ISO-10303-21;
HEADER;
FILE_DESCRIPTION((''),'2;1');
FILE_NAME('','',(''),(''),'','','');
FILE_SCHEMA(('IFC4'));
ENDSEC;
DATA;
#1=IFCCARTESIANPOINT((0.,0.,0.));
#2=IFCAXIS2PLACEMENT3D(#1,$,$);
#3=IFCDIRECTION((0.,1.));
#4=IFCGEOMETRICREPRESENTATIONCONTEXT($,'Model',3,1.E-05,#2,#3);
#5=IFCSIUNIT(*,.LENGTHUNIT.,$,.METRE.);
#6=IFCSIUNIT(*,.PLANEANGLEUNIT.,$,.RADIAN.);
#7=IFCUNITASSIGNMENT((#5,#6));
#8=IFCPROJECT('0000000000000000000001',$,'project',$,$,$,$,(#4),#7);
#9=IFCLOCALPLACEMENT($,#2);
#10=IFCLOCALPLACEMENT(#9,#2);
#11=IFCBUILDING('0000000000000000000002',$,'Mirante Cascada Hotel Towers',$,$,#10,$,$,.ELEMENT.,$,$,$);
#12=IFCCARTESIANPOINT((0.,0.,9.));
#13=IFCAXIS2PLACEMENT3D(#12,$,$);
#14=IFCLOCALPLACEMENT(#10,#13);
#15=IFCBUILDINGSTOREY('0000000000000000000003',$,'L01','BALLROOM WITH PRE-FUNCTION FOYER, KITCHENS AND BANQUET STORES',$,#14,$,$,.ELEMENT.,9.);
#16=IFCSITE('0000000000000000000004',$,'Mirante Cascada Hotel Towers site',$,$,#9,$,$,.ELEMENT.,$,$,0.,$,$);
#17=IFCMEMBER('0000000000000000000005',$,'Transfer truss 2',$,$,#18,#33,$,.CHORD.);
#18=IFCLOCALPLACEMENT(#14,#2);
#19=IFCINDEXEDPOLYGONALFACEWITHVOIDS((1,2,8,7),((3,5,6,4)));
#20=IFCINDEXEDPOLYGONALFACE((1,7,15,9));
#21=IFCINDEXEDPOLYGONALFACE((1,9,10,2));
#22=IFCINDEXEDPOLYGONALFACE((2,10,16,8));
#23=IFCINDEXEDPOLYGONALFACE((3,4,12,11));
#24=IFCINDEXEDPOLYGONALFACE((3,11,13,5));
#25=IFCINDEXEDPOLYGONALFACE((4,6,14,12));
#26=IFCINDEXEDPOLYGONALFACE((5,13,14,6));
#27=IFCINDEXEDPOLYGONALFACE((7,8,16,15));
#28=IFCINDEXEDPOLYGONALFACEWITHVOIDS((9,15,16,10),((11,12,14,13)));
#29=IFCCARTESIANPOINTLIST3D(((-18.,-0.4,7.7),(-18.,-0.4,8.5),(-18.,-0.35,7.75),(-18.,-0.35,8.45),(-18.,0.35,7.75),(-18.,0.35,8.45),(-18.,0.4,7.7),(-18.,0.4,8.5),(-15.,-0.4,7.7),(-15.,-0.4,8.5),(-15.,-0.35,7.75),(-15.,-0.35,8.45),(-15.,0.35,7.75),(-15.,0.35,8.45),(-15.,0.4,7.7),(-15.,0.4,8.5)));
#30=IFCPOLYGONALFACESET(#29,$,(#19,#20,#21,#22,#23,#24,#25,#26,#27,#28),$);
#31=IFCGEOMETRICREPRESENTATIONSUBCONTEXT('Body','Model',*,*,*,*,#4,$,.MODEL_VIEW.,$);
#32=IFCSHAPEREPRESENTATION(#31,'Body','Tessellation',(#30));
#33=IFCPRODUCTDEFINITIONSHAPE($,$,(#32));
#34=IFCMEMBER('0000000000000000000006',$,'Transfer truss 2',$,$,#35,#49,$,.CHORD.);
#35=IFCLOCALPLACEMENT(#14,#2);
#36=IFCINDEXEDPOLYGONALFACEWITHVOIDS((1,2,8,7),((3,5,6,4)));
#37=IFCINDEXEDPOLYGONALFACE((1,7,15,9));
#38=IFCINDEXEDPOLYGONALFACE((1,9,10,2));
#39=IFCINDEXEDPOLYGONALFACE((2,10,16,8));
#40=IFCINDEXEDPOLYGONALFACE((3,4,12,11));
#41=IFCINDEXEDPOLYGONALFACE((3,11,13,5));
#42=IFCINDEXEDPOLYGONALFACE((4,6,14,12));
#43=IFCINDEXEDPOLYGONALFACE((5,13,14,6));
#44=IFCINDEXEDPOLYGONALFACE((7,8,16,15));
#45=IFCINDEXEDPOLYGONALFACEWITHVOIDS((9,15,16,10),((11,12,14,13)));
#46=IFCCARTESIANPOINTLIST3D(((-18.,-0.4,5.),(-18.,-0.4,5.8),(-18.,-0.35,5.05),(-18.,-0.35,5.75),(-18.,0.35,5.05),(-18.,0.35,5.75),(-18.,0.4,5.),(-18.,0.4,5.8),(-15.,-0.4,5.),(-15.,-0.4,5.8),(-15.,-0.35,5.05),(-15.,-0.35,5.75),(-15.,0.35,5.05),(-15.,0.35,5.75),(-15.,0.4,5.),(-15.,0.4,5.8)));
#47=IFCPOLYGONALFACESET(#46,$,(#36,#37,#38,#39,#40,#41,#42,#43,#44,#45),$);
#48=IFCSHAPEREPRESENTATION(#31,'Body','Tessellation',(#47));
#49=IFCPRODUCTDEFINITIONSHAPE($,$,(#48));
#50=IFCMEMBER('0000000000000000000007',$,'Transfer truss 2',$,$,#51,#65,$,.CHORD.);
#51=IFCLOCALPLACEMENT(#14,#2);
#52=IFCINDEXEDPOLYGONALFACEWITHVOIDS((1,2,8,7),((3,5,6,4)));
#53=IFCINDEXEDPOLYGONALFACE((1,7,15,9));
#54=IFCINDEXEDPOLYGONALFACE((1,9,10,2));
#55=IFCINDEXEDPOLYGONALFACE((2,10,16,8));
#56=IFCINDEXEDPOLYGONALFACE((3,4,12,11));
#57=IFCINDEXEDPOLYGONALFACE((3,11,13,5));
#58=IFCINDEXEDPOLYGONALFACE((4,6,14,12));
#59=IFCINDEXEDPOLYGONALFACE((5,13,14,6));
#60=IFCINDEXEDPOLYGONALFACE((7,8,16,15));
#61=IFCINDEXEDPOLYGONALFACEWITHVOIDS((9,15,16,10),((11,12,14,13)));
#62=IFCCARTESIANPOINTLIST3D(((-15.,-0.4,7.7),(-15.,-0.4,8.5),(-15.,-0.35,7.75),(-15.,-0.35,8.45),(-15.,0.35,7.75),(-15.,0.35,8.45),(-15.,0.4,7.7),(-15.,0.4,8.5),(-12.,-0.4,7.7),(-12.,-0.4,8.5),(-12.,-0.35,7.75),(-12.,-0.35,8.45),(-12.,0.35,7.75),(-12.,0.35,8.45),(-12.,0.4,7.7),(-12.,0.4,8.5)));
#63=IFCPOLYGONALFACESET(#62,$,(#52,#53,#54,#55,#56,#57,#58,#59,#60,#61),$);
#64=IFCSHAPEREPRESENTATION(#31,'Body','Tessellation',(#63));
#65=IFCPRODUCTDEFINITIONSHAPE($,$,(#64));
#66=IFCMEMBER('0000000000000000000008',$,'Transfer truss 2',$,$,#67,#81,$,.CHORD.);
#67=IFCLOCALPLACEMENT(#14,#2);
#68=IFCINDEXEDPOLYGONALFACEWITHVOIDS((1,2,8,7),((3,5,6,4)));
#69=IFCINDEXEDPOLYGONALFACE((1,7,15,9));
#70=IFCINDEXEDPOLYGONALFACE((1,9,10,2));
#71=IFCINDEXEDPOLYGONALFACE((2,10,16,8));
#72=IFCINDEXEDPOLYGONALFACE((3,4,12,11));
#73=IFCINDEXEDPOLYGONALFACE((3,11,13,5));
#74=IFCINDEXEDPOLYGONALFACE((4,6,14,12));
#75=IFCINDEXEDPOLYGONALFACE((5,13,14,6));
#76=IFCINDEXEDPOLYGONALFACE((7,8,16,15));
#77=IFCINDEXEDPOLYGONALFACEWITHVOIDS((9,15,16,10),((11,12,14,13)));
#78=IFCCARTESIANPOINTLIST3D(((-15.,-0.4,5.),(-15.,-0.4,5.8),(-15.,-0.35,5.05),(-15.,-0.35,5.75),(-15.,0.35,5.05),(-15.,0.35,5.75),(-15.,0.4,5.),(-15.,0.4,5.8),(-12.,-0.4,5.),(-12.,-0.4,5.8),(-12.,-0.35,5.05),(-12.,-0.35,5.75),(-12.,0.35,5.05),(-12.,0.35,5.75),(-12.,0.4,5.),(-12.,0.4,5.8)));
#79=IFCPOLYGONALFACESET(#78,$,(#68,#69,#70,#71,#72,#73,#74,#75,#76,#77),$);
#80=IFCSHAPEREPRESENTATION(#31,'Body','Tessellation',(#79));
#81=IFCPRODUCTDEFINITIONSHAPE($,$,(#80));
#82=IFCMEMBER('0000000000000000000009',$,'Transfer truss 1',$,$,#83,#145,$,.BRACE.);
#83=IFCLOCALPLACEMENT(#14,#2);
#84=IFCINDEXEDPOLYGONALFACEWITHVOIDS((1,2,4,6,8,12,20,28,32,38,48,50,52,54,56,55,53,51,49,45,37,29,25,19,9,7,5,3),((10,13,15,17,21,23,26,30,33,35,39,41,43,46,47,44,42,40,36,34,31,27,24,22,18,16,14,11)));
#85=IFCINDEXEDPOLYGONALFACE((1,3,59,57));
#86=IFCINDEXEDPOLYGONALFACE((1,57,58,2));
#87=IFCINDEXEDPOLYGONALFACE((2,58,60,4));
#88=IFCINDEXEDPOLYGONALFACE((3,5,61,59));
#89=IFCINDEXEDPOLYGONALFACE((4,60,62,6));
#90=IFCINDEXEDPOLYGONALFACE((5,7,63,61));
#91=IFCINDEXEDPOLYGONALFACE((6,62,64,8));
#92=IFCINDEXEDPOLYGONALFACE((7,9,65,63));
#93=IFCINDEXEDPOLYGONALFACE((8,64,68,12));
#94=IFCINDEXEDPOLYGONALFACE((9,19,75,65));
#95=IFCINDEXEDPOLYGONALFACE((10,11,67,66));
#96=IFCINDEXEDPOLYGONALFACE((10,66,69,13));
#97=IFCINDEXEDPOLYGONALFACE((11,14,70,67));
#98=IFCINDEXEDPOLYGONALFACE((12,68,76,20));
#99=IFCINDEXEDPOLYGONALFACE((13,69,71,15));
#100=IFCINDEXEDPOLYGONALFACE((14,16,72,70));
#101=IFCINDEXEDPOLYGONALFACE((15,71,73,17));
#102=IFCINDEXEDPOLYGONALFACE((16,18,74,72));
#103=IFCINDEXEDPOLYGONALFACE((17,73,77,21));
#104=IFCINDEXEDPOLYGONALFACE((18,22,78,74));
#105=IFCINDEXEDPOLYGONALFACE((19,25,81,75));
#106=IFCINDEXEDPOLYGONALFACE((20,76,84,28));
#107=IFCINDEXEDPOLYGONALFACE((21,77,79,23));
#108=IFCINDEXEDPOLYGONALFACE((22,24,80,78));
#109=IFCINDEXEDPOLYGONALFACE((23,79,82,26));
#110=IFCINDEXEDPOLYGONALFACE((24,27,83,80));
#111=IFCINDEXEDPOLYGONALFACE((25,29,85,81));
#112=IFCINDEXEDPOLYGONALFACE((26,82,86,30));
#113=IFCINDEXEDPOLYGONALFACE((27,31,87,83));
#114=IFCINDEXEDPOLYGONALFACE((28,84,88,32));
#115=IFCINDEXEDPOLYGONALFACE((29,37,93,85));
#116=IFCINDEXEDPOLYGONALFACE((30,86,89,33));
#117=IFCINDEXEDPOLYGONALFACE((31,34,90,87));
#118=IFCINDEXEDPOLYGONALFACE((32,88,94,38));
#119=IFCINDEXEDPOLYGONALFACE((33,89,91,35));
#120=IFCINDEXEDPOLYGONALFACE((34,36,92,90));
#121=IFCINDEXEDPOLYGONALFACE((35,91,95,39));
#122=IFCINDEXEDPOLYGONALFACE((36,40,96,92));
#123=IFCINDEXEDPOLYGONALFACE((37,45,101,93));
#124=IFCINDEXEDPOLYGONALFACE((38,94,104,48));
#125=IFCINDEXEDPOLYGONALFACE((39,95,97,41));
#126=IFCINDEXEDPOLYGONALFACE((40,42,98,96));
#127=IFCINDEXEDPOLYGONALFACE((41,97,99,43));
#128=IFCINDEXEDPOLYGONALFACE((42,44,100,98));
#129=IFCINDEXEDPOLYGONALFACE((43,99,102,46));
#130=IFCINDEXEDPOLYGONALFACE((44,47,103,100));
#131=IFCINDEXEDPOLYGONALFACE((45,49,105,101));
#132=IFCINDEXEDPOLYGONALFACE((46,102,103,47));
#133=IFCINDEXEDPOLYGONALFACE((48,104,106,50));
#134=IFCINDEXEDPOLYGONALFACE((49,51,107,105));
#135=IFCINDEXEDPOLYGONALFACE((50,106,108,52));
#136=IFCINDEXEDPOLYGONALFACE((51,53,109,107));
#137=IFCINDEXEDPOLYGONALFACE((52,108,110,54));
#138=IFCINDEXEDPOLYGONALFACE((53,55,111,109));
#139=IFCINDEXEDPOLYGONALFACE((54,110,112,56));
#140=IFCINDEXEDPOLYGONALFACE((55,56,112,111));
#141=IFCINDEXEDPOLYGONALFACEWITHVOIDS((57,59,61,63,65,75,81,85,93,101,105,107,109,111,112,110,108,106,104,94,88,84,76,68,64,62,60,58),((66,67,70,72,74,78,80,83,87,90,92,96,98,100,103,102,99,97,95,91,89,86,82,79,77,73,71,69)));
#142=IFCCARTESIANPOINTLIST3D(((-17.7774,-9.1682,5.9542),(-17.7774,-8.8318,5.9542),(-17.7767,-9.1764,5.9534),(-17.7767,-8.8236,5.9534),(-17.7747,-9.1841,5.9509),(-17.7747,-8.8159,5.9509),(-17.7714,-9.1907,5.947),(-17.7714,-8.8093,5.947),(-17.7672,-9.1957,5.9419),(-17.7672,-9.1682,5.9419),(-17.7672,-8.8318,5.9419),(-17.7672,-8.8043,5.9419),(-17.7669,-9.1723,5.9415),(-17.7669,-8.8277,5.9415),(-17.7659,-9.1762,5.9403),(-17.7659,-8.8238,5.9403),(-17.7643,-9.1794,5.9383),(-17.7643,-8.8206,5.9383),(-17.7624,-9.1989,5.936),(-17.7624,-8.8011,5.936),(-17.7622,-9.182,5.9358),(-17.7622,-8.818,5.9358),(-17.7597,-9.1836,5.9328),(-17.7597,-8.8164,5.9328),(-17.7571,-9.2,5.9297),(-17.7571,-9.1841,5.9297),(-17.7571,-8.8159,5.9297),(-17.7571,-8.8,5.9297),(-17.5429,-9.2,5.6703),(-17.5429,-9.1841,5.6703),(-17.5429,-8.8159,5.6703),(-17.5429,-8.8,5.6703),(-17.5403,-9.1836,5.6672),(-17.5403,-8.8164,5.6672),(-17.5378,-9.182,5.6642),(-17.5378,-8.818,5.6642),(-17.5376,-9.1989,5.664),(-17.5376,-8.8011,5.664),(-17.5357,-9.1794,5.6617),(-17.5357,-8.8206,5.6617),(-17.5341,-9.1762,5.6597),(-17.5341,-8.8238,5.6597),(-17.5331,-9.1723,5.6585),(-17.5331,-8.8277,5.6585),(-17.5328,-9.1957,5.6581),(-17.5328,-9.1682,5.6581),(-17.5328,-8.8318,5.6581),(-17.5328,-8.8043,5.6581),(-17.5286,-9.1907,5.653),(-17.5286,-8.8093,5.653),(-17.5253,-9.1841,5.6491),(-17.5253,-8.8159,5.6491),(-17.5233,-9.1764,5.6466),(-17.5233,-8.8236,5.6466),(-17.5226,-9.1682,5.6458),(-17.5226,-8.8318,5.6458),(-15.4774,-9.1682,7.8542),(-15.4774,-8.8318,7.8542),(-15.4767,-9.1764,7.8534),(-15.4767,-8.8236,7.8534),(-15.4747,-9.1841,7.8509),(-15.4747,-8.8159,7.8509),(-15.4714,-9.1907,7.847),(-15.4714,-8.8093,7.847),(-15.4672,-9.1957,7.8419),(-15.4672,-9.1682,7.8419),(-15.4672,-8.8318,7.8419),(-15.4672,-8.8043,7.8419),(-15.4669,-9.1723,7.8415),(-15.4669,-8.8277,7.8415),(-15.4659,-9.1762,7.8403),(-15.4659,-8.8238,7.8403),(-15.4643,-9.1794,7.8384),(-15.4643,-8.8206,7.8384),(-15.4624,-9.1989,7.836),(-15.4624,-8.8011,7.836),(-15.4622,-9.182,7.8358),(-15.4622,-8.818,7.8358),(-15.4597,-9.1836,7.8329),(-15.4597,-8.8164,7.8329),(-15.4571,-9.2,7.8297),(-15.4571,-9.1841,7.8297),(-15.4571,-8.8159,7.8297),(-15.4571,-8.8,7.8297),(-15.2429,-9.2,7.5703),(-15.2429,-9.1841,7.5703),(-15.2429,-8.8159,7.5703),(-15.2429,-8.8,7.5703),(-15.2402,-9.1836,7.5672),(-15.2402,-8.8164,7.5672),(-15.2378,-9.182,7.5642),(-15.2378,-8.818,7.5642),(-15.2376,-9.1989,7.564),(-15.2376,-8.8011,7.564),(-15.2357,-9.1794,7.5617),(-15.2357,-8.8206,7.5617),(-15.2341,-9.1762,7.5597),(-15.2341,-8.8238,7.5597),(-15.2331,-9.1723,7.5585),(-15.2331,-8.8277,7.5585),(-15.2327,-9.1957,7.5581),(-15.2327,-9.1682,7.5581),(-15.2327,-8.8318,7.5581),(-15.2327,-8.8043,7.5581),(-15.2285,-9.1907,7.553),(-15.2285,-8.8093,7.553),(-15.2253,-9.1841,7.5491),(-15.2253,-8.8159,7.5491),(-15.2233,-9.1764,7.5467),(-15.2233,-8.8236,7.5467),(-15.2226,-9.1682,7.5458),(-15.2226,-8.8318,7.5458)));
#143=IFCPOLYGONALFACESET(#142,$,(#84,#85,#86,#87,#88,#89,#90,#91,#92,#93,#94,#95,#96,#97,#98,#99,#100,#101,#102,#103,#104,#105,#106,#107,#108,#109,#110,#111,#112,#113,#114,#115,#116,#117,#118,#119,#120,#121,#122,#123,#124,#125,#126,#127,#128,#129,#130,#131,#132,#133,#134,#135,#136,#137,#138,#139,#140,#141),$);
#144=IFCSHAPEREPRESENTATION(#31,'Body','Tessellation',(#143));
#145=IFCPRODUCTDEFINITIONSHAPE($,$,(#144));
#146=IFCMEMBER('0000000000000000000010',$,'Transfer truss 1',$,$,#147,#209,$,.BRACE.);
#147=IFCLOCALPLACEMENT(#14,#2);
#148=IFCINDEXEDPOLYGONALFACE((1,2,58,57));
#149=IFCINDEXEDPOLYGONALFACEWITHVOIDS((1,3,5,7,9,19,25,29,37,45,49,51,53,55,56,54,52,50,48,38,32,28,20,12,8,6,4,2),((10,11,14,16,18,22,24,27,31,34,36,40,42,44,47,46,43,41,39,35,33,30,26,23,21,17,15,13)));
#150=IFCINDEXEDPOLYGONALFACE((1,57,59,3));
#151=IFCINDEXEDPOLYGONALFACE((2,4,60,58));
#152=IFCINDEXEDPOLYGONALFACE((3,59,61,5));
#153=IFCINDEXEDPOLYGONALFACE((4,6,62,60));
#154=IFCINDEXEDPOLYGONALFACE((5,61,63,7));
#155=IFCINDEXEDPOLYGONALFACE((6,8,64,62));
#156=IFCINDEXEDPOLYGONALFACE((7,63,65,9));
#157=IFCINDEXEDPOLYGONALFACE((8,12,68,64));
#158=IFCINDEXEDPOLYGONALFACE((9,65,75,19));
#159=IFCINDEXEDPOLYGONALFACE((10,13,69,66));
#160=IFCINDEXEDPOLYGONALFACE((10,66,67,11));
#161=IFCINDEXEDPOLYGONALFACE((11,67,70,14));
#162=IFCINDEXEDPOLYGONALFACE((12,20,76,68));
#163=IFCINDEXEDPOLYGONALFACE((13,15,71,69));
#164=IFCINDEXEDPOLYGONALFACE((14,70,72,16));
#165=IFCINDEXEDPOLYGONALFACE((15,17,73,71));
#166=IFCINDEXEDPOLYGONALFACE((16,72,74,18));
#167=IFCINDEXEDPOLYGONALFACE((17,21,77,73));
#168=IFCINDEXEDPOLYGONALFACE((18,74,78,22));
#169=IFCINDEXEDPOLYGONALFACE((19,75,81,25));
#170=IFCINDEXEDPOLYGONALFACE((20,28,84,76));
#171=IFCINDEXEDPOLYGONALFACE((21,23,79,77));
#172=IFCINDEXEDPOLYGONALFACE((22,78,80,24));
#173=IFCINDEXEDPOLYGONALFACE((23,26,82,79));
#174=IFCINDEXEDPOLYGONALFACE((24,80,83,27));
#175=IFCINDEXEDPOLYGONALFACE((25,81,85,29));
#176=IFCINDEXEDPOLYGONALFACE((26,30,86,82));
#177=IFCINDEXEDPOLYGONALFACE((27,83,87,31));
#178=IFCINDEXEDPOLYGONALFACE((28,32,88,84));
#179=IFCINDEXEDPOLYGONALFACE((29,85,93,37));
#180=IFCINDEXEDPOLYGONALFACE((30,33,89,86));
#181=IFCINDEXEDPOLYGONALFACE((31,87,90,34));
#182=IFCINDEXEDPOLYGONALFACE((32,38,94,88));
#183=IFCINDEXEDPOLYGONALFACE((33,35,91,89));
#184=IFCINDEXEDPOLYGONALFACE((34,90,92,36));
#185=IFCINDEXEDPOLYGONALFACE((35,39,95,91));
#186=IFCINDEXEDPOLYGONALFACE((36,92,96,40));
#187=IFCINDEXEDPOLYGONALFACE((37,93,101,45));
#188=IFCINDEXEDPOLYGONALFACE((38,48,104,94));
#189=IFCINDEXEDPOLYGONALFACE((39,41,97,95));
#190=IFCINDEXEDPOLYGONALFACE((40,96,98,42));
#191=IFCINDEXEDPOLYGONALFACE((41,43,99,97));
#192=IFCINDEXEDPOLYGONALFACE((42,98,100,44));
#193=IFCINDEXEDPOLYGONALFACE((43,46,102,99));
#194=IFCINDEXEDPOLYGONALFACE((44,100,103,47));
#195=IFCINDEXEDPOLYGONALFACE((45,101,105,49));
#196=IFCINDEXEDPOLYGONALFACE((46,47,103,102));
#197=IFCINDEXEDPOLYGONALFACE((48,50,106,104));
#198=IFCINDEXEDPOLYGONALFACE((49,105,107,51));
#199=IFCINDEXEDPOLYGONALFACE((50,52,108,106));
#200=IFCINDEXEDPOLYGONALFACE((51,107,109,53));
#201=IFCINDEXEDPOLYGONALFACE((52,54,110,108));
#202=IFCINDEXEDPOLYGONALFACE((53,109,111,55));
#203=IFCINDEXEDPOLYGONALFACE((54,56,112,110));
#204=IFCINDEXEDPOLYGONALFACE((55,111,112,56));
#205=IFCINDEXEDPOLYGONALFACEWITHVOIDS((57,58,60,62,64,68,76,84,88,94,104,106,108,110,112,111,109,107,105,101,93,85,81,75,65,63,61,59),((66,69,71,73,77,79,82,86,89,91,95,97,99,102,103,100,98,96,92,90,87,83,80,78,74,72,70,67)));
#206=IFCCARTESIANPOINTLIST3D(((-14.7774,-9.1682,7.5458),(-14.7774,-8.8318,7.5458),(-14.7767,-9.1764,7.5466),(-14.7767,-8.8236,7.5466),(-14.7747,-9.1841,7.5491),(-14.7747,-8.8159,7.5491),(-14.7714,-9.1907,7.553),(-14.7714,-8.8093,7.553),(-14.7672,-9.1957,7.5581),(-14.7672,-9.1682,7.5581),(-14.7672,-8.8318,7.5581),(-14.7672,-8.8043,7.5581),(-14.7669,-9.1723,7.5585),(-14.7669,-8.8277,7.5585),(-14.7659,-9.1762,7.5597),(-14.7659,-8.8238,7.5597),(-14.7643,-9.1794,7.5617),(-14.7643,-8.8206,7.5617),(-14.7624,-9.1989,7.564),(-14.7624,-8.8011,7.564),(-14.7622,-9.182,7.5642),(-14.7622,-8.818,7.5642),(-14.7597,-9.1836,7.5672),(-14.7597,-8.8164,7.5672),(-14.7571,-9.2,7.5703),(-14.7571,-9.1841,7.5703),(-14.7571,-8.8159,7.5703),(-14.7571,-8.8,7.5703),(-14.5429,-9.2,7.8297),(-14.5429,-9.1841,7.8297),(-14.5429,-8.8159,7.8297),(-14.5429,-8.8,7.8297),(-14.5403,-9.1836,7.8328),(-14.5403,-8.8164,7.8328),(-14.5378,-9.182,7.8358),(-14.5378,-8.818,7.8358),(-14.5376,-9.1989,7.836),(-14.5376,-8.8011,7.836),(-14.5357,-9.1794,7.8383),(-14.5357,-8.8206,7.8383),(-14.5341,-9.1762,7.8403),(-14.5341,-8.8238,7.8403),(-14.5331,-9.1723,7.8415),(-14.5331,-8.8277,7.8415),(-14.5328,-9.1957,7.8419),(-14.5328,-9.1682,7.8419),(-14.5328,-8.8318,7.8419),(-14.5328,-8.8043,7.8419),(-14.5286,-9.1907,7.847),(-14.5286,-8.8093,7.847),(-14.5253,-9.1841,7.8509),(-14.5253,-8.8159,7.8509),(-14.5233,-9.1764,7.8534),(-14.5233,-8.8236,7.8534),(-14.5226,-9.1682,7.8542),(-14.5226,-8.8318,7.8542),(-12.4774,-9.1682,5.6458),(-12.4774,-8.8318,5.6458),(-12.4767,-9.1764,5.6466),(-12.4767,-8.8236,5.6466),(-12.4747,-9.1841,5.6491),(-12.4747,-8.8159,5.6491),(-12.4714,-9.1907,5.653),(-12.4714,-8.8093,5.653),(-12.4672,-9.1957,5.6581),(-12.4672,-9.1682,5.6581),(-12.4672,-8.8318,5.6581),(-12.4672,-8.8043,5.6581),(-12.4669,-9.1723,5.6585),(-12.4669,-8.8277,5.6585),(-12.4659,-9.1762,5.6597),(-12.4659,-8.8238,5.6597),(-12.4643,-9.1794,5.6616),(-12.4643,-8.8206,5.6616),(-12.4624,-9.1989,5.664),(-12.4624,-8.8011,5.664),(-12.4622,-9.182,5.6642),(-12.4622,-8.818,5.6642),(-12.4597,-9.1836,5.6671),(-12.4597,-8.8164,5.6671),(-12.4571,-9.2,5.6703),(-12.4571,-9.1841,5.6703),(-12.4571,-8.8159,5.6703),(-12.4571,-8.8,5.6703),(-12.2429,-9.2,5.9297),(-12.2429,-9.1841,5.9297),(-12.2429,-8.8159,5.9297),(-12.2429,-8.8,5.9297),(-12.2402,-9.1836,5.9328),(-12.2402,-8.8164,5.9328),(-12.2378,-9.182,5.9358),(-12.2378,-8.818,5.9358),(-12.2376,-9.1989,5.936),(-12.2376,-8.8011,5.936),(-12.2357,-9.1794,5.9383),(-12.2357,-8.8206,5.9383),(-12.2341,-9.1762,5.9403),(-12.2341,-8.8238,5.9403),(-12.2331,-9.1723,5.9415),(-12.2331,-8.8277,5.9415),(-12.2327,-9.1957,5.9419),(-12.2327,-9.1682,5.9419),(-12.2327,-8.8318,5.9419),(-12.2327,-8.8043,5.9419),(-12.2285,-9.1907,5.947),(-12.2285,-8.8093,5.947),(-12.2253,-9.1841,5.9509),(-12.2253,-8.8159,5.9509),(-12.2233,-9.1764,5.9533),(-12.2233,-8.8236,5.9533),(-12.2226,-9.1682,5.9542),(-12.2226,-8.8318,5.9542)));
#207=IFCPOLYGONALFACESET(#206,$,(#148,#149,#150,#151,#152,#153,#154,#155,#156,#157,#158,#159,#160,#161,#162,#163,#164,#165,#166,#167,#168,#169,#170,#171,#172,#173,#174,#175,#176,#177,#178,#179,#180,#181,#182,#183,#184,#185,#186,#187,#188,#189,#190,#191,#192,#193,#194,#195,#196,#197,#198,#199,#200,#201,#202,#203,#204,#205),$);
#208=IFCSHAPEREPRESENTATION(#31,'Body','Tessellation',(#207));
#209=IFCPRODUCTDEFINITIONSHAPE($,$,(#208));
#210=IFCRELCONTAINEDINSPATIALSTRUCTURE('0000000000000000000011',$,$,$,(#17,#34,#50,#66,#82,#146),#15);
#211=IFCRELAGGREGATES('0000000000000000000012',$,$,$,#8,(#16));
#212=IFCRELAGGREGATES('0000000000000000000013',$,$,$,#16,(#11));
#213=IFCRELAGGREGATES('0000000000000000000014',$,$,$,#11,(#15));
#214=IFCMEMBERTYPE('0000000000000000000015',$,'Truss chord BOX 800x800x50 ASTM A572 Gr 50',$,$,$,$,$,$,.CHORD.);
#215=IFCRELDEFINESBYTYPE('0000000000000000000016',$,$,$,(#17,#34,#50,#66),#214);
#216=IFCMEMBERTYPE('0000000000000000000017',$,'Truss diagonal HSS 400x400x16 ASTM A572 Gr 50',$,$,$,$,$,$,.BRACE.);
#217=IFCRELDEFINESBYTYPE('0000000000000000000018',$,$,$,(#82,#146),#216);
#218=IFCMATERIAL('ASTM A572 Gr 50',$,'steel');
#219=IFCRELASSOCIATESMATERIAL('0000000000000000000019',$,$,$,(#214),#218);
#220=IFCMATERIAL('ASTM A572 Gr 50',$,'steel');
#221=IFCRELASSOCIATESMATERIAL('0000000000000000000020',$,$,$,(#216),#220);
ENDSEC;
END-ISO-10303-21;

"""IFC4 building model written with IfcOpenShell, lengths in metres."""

from ifc_helpers import new_model, si_unit, direction, frame, origin, origin_2d, place, context, subcontext, project, spatial, hollow_rectangle, extrude, material, material_profile, profile_set, type_object, element, save


model = new_model("IFC4")

# Units and contexts
model_context = context("Model", 3, precision=1e-05, world=origin(), true_north=direction((0.0, 1.0)))
body_context = subcontext(model_context, "Body", "Model", "MODEL_VIEW")
ifc_project = project(units=[si_unit("LENGTHUNIT", "METRE"), si_unit("PLANEANGLEUNIT", "RADIAN")], contexts=[model_context])

# Site, building, storey
site_placement = place(None, origin())
site = spatial("IfcSite", under=ifc_project, at=site_placement, Name="Mirante Cascada Hotel Towers site", CompositionType="ELEMENT", RefElevation=0.0)
building_placement = place(site_placement, origin())
building = spatial("IfcBuilding", under=site, at=building_placement, Name="Mirante Cascada Hotel Towers", CompositionType="ELEMENT")
storey_placement = place(building_placement, frame((0.0, 0.0, 9.0)))
storey = spatial("IfcBuildingStorey", under=building, at=storey_placement, Name="L01", Description="BALLROOM WITH PRE-FUNCTION FOYER, KITCHENS AND BANQUET STORES", CompositionType="ELEMENT", Elevation=9.0)

# Members
ifc_material_1 = material(Name="ASTM A572 Gr 50", Category="steel")
ifc_material_profile_1 = material_profile(ifc_material_1, hollow_rectangle(XDim=0.8, YDim=0.8, WallThickness=0.05, at=origin_2d()), Name="BOX 800x800x50")
ifc_profile_set_1 = profile_set([ifc_material_profile_1], Name="ASTM A572 Gr 50")
member_type_1 = type_object("IfcMemberType", Name="Truss chord BOX 800x800x50 ASTM A572 Gr 50", PredefinedType="CHORD", material=ifc_profile_set_1)
for number, where, z_axis, x_axis, name in (
    (1, (-18.0, 0.0, 8.1), (1.0, 0.0, 0.0), (0.0, 1.0, 0.0), "Transfer truss 2"),
    (2, (-18.0, 0.0, 5.4), (1.0, 0.0, 0.0), (0.0, 1.0, 0.0), "Transfer truss 2"),
    (3, (-15.0, 0.0, 8.1), (1.0, 0.0, 0.0), (0.0, 1.0, 0.0), "Transfer truss 2"),
    (4, (-15.0, 0.0, 5.4), (1.0, 0.0, 0.0), (0.0, 1.0, 0.0), "Transfer truss 2"),
):
    element("IfcMember", number, at=place(storey_placement, frame(where, z_axis=z_axis, x_axis=x_axis)), inside=storey, type_object=member_type_1, Name=name, PredefinedType="CHORD", context=body_context, shape_type="SweptSolid", body=[
        extrude(hollow_rectangle(XDim=0.8, YDim=0.8, WallThickness=0.05, at=origin_2d()), origin(), (0.0, 0.0, 1.0), 3.0),
    ])
ifc_material_2 = material(Name="ASTM A572 Gr 50", Category="steel")
ifc_material_profile_2 = material_profile(ifc_material_2, hollow_rectangle(XDim=0.4, YDim=0.4, WallThickness=0.0159, InnerFilletRadius=0.0159, OuterFilletRadius=0.0318, at=origin_2d()), Name="HSS 400x400x16")
ifc_profile_set_2 = profile_set([ifc_material_profile_2], Name="ASTM A572 Gr 50")
member_type_2 = type_object("IfcMemberType", Name="Truss diagonal HSS 400x400x16 ASTM A572 Gr 50", PredefinedType="BRACE", material=ifc_profile_set_2)
for number, where, z_axis, x_axis, name in (
    (5, (-17.65, -9.0, 5.8), (0.770962, 0.0, 0.636881), (0.0, 1.0, 0.0), "Transfer truss 1"),
    (6, (-14.65, -9.0, 7.7), (0.770962, 0.0, -0.636881), (0.0, 1.0, 0.0), "Transfer truss 1"),
):
    element("IfcMember", number, at=place(storey_placement, frame(where, z_axis=z_axis, x_axis=x_axis)), inside=storey, type_object=member_type_2, Name=name, PredefinedType="BRACE", context=body_context, shape_type="SweptSolid", body=[
        extrude(hollow_rectangle(XDim=0.4, YDim=0.4, WallThickness=0.0159, InnerFilletRadius=0.0159, OuterFilletRadius=0.0318, at=origin_2d()), origin(), (0.0, 0.0, 1.0), 2.9833),
    ])

save(model, "model.ifc")
